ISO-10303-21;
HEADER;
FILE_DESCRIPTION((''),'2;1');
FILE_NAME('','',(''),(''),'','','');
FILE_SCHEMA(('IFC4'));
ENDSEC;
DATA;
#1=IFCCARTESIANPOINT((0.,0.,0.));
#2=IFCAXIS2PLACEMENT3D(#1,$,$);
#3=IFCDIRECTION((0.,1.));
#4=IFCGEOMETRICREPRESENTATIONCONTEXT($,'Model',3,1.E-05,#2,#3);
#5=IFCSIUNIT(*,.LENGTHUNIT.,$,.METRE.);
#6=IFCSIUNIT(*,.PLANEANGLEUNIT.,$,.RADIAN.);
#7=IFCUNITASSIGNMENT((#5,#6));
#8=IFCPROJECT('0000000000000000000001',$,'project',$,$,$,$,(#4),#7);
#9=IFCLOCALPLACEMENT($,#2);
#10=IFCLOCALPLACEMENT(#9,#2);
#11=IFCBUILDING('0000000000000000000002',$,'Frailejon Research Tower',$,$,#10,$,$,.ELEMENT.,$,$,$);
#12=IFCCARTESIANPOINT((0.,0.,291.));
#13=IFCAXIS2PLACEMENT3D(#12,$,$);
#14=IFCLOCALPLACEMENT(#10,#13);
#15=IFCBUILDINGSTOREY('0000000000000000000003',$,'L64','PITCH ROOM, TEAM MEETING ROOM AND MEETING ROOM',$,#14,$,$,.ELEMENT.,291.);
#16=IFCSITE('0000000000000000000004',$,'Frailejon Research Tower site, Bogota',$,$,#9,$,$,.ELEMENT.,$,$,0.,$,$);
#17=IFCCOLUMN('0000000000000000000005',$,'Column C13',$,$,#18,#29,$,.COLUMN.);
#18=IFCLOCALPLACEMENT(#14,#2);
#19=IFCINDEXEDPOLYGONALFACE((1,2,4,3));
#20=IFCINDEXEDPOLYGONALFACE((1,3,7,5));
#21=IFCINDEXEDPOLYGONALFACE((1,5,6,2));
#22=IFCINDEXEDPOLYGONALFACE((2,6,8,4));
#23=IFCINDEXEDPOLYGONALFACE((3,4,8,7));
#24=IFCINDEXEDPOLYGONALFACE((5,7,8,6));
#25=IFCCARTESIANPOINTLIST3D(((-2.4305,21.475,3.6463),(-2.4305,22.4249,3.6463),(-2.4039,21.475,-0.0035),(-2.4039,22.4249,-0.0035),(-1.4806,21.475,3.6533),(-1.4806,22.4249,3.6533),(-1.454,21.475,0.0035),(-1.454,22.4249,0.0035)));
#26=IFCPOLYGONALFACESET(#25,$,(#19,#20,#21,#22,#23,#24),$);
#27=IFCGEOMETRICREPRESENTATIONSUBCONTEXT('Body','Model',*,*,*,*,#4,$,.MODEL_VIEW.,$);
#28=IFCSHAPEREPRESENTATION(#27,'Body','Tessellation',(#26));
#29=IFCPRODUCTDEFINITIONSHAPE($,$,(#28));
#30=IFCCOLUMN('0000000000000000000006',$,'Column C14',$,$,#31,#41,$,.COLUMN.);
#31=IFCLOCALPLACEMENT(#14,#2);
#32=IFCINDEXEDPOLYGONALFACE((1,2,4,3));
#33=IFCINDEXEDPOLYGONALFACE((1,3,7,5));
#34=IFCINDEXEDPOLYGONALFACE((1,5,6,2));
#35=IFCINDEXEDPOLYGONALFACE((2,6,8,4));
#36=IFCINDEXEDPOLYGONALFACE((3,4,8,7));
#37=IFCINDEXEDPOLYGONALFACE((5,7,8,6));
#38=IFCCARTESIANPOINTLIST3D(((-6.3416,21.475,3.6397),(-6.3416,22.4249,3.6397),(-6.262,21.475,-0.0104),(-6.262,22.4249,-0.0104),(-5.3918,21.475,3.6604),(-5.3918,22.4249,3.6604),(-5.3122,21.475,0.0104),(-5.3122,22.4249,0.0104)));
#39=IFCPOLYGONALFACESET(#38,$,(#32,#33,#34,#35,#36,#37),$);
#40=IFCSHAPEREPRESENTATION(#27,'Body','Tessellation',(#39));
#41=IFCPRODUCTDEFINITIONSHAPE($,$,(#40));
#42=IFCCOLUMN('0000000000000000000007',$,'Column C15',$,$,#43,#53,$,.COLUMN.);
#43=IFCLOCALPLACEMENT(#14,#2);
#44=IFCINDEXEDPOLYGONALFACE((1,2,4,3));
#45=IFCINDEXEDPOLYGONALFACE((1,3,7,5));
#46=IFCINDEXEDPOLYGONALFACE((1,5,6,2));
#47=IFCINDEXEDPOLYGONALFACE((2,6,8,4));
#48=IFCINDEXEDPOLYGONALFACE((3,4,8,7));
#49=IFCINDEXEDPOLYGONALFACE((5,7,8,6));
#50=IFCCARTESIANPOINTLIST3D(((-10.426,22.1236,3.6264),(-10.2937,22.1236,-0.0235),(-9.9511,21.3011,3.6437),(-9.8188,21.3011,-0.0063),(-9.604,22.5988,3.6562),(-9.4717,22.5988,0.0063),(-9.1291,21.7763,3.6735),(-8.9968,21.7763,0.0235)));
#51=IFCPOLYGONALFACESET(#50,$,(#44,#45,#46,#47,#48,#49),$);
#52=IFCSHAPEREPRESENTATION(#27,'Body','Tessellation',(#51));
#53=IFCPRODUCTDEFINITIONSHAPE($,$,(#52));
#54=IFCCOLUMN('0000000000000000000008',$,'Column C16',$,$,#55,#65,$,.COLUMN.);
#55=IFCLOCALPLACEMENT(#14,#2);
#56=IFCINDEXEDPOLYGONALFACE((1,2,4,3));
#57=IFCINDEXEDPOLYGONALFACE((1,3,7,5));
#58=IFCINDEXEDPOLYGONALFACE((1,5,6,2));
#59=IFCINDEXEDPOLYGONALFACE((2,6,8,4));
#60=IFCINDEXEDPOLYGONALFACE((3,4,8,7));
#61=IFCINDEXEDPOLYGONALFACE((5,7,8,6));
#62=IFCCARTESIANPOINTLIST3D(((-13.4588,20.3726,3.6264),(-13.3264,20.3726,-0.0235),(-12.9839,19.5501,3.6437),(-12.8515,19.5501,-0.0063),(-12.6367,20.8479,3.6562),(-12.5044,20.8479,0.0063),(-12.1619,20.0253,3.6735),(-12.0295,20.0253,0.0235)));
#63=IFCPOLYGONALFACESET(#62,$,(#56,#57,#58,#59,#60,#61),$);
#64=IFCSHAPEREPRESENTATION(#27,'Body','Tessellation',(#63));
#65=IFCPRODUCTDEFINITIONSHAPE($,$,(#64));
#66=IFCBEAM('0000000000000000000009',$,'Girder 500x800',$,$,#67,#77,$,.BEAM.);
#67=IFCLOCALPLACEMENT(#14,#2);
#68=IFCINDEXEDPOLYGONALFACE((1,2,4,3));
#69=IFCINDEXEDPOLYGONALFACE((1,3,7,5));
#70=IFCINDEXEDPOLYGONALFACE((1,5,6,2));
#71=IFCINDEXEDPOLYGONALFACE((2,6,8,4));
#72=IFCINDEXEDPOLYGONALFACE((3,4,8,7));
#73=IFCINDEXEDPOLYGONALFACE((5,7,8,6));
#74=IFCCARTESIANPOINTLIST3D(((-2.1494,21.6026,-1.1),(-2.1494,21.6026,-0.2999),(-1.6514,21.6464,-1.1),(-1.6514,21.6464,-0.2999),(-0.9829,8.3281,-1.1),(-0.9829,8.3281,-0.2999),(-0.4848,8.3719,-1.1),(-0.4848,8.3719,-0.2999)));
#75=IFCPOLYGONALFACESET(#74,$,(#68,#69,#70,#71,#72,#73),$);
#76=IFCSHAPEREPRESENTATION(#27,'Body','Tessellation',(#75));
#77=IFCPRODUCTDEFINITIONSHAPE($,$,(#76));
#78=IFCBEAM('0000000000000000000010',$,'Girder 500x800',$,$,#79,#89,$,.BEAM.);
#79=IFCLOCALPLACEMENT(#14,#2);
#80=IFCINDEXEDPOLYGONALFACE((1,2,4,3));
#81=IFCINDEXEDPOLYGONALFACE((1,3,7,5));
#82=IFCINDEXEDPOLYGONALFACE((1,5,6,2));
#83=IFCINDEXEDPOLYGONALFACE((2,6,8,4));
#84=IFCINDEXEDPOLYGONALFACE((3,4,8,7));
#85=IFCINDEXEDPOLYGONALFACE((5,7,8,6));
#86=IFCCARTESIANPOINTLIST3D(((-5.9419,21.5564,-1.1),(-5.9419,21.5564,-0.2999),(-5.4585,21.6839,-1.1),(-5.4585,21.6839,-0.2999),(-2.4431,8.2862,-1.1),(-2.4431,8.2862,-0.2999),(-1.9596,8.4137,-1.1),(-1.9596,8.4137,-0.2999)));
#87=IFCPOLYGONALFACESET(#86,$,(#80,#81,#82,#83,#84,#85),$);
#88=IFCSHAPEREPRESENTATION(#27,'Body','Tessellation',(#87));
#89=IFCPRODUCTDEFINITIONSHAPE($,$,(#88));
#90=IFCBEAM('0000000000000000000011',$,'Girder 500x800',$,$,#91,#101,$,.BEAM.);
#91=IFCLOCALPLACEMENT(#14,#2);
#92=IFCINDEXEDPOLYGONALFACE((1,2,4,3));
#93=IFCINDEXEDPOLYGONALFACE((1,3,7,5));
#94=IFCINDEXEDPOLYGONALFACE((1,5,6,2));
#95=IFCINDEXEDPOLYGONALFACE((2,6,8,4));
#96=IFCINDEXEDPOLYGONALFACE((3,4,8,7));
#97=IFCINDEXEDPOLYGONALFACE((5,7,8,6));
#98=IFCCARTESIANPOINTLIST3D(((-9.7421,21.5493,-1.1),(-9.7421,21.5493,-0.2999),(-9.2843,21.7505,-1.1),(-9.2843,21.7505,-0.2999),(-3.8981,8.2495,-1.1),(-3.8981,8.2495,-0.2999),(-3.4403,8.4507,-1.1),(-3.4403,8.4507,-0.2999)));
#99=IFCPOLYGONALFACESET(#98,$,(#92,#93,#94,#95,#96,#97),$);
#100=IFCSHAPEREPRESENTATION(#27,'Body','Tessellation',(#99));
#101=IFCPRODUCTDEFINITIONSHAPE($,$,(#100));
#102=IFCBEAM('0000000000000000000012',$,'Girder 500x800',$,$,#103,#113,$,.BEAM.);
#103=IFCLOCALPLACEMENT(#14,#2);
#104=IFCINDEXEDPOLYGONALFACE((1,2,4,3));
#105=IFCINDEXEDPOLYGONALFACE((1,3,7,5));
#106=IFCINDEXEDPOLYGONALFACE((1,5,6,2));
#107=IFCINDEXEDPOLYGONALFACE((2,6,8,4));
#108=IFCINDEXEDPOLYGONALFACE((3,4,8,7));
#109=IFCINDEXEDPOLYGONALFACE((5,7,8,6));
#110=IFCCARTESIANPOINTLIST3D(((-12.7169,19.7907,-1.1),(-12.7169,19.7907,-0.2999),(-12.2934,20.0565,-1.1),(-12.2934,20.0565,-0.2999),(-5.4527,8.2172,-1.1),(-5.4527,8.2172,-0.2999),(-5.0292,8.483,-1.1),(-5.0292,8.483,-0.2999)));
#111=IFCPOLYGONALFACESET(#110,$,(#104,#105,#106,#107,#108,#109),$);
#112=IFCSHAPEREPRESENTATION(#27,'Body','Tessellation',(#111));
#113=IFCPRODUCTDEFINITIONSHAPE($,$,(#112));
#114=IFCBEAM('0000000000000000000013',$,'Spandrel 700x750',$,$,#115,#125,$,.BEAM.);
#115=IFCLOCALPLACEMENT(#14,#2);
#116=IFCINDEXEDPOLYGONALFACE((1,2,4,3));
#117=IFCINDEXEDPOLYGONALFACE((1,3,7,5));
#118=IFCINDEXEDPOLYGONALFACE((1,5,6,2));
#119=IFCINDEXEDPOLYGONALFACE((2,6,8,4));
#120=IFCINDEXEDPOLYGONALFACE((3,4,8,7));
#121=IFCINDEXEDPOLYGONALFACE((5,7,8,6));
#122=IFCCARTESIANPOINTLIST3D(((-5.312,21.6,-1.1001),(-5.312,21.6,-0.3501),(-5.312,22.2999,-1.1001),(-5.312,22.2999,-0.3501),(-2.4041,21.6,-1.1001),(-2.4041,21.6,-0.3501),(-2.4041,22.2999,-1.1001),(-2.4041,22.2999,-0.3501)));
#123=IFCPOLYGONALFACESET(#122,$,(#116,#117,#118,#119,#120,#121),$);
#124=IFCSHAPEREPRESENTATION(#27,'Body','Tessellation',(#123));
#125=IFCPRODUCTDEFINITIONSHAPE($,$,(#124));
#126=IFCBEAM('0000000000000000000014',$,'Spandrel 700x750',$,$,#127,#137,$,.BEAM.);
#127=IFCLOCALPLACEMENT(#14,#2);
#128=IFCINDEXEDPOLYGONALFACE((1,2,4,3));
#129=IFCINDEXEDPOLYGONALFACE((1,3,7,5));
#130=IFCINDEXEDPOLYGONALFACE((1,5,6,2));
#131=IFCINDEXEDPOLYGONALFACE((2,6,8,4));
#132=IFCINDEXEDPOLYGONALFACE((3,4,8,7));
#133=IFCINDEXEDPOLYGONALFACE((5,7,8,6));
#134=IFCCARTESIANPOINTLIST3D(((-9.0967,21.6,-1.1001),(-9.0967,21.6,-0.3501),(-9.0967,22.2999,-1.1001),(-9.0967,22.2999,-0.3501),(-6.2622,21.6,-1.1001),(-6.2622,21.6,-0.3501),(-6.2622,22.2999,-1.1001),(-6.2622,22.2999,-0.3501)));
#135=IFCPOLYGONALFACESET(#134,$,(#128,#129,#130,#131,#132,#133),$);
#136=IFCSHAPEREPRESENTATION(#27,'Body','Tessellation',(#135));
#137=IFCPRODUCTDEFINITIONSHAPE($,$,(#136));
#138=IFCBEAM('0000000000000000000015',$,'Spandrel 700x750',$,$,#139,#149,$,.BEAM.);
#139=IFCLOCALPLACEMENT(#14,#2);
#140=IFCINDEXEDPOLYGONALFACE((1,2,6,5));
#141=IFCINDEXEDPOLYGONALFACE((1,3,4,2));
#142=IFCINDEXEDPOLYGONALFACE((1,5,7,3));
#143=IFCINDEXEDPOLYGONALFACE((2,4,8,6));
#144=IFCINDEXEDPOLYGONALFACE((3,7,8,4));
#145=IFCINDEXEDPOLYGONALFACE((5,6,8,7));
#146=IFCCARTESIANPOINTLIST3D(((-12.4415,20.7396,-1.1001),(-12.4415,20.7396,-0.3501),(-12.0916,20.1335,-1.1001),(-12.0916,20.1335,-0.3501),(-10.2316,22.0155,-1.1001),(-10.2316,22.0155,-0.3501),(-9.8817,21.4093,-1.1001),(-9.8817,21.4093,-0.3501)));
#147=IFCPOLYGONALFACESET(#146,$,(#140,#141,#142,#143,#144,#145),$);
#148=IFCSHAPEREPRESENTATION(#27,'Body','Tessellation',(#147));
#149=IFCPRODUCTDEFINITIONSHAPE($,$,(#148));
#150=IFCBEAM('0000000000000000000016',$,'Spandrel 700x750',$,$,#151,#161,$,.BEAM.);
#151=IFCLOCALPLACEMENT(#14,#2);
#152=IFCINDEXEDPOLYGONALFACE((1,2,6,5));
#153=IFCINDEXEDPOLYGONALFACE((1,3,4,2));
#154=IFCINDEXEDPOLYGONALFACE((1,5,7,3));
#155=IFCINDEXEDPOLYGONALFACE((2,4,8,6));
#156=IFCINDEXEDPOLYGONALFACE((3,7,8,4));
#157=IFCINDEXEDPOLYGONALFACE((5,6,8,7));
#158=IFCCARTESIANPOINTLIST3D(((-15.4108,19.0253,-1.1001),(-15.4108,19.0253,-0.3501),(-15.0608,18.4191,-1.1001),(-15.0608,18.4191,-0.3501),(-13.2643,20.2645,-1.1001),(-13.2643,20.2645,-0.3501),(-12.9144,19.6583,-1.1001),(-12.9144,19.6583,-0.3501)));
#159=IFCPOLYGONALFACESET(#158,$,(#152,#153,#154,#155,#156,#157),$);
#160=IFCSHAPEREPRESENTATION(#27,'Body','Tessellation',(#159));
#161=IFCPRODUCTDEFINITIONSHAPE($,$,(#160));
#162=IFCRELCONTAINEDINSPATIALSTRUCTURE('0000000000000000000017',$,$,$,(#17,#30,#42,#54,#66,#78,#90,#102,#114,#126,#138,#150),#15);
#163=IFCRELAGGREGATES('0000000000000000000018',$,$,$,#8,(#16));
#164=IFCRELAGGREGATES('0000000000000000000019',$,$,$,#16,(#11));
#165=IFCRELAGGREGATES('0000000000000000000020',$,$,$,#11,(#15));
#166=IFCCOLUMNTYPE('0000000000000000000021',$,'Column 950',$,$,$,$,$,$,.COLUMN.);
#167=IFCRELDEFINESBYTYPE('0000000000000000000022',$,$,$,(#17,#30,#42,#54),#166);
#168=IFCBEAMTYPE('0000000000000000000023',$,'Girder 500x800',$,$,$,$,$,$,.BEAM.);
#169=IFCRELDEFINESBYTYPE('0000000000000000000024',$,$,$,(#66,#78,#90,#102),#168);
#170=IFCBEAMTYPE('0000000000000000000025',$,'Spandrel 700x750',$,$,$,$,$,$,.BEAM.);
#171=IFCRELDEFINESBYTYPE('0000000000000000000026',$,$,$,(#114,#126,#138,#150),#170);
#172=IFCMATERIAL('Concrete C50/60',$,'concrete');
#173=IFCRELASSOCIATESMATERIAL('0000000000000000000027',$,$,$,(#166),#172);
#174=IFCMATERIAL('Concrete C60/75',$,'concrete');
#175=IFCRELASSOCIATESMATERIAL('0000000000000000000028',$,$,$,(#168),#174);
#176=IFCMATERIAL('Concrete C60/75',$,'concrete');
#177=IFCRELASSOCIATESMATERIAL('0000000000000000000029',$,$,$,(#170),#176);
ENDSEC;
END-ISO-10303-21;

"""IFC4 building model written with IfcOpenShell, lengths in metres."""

from ifc_helpers import new_model, si_unit, direction, frame, origin, origin_2d, place, context, subcontext, project, spatial, rectangle, extrude, material, material_profile, profile_set, type_object, element, save


model = new_model("IFC4")

# Units and contexts
model_context = context("Model", 3, precision=1e-05, world=origin(), true_north=direction((0.0, 1.0)))
body_context = subcontext(model_context, "Body", "Model", "MODEL_VIEW")
ifc_project = project(units=[si_unit("LENGTHUNIT", "METRE"), si_unit("PLANEANGLEUNIT", "RADIAN")], contexts=[model_context])

# Site, building, storey
site_placement = place(None, origin())
site = spatial("IfcSite", under=ifc_project, at=site_placement, Name="Frailejon Research Tower site, Bogota", CompositionType="ELEMENT", RefElevation=0.0)
building_placement = place(site_placement, origin())
building = spatial("IfcBuilding", under=site, at=building_placement, Name="Frailejon Research Tower", CompositionType="ELEMENT")
storey_placement = place(building_placement, frame((0.0, 0.0, 291.0)))
storey = spatial("IfcBuildingStorey", under=building, at=storey_placement, Name="L64", Description="PITCH ROOM, TEAM MEETING ROOM AND MEETING ROOM", CompositionType="ELEMENT", Elevation=291.0)

# Columns
ifc_material_1 = material(Name="Concrete C50/60", Category="concrete")
ifc_material_profile_1 = material_profile(ifc_material_1, rectangle(XDim=0.95, YDim=0.95, at=origin_2d()), Name="Column 950")
ifc_profile_set_1 = profile_set([ifc_material_profile_1], Name="Concrete C50/60")
column_type = type_object("IfcColumnType", Name="Column 950", PredefinedType="COLUMN", material=ifc_profile_set_1)
column_1_placement = place(storey_placement, frame((-1.929, 21.95, 0.0), z_axis=(-0.007291, 0.0, 0.999973), x_axis=(-0.999973, 0.0, -0.007291)))
element("IfcColumn", 1, at=column_1_placement, inside=storey, type_object=column_type, Name="Column C13", PredefinedType="COLUMN", context=body_context, shape_type="SweptSolid", body=[
    extrude(rectangle(XDim=0.95, YDim=0.95, at=origin_2d()), origin(), (0.0, 0.0, 1.0), 3.6499),
])
column_2_placement = place(storey_placement, frame((-5.7871, 21.95, 0.0), z_axis=(-0.021801, 0.0, 0.999762), x_axis=(-0.999762, 0.0, -0.021801)))
element("IfcColumn", 2, at=column_2_placement, inside=storey, type_object=column_type, Name="Column C14", PredefinedType="COLUMN", context=body_context, shape_type="SweptSolid", body=[
    extrude(rectangle(XDim=0.95, YDim=0.95, at=origin_2d()), origin(), (0.0, 0.0, 1.0), 3.6509),
])
for number, where, z_axis, x_axis, name in (
    (3, (-9.6453, 21.95, 0.0), (-0.03623, 0.0, 0.999343), (-0.865315, -0.500246, -0.031371), "Column C15"),
    (4, (-12.678, 20.199, 0.0), (-0.03623, 0.0, 0.999343), (-0.865315, -0.500246, -0.031371), "Column C16"),
):
    element("IfcColumn", number, at=place(storey_placement, frame(where, z_axis=z_axis, x_axis=x_axis)), inside=storey, type_object=column_type, Name=name, PredefinedType="COLUMN", context=body_context, shape_type="SweptSolid", body=[
        extrude(rectangle(XDim=0.95, YDim=0.95, at=origin_2d()), origin(), (0.0, 0.0, 1.0), 3.6523),
    ])

# Beams
ifc_material_2 = material(Name="Concrete C60/75", Category="concrete")
ifc_material_profile_2 = material_profile(ifc_material_2, rectangle(XDim=0.5, YDim=0.8, at=origin_2d()), Name="Girder 500x800")
ifc_profile_set_2 = profile_set([ifc_material_profile_2], Name="Concrete C60/75")
beam_type_1 = type_object("IfcBeamType", Name="Girder 500x800", PredefinedType="BEAM", material=ifc_profile_set_2)
beam_1_placement = place(storey_placement, frame((-1.9004, 21.6245, -0.7), z_axis=(0.087539, -0.996161, 0.0), x_axis=(0.996161, 0.087539, 0.0)))
element("IfcBeam", 5, at=beam_1_placement, inside=storey, type_object=beam_type_1, Name="Girder 500x800", PredefinedType="BEAM", context=body_context, shape_type="SweptSolid", body=[
    extrude(rectangle(XDim=0.5, YDim=0.8, at=origin_2d()), origin(), (0.0, 0.0, 1.0), 13.3257),
])
beam_2_placement = place(storey_placement, frame((-5.7002, 21.6201, -0.7), z_axis=(0.254948, -0.966955, 0.0), x_axis=(0.966955, 0.254948, 0.0)))
element("IfcBeam", 6, at=beam_2_placement, inside=storey, type_object=beam_type_1, Name="Girder 500x800", PredefinedType="BEAM", context=body_context, shape_type="SweptSolid", body=[
    extrude(rectangle(XDim=0.5, YDim=0.8, at=origin_2d()), origin(), (0.0, 0.0, 1.0), 13.7236),
])
beam_3_placement = place(storey_placement, frame((-9.5132, 21.6499, -0.7), z_axis=(0.402282, -0.915516, 0.0), x_axis=(0.915516, 0.402282, 0.0)))
element("IfcBeam", 7, at=beam_3_placement, inside=storey, type_object=beam_type_1, Name="Girder 500x800", PredefinedType="BEAM", context=body_context, shape_type="SweptSolid", body=[
    extrude(rectangle(XDim=0.5, YDim=0.8, at=origin_2d()), origin(), (0.0, 0.0, 1.0), 14.5271),
])
beam_4_placement = place(storey_placement, frame((-12.5051, 19.9236, -0.7), z_axis=(0.531615, -0.846986, 0.0), x_axis=(0.846986, 0.531615, 0.0)))
element("IfcBeam", 8, at=beam_4_placement, inside=storey, type_object=beam_type_1, Name="Girder 500x800", PredefinedType="BEAM", context=body_context, shape_type="SweptSolid", body=[
    extrude(rectangle(XDim=0.5, YDim=0.8, at=origin_2d()), origin(), (0.0, 0.0, 1.0), 13.6643),
])
ifc_material_3 = material(Name="Concrete C60/75", Category="concrete")
ifc_material_profile_3 = material_profile(ifc_material_3, rectangle(XDim=0.7, YDim=0.75, at=origin_2d()), Name="Spandrel 700x750")
ifc_profile_set_3 = profile_set([ifc_material_profile_3], Name="Concrete C60/75")
beam_type_2 = type_object("IfcBeamType", Name="Spandrel 700x750", PredefinedType="BEAM", material=ifc_profile_set_3)
beam_5_placement = place(storey_placement, frame((-2.4041, 21.95, -0.7251), z_axis=(-1.0, 0.0, 0.0), x_axis=(0.0, -1.0, 0.0)))
element("IfcBeam", 9, at=beam_5_placement, inside=storey, type_object=beam_type_2, Name="Spandrel 700x750", PredefinedType="BEAM", context=body_context, shape_type="SweptSolid", body=[
    extrude(rectangle(XDim=0.7, YDim=0.75, at=origin_2d()), origin(), (0.0, 0.0, 1.0), 2.908),
])
beam_6_placement = place(storey_placement, frame((-6.2622, 21.95, -0.7251), z_axis=(-1.0, 0.0, 0.0), x_axis=(0.0, -1.0, 0.0)))
element("IfcBeam", 10, at=beam_6_placement, inside=storey, type_object=beam_type_2, Name="Spandrel 700x750", PredefinedType="BEAM", context=body_context, shape_type="SweptSolid", body=[
    extrude(rectangle(XDim=0.7, YDim=0.75, at=origin_2d()), origin(), (0.0, 0.0, 1.0), 2.8345),
])
beam_7_placement = place(storey_placement, frame((-10.0566, 21.7124, -0.7251), z_axis=(-0.866033, -0.499987, 0.0), x_axis=(0.499987, -0.866033, 0.0)))
element("IfcBeam", 11, at=beam_7_placement, inside=storey, type_object=beam_type_2, Name="Spandrel 700x750", PredefinedType="BEAM", context=body_context, shape_type="SweptSolid", body=[
    extrude(rectangle(XDim=0.7, YDim=0.75, at=origin_2d()), origin(), (0.0, 0.0, 1.0), 2.5518),
])
beam_8_placement = place(storey_placement, frame((-13.0894, 19.9614, -0.7251), z_axis=(-0.866028, -0.499995, 0.0), x_axis=(0.499995, -0.866028, 0.0)))
element("IfcBeam", 12, at=beam_8_placement, inside=storey, type_object=beam_type_2, Name="Spandrel 700x750", PredefinedType="BEAM", context=body_context, shape_type="SweptSolid", body=[
    extrude(rectangle(XDim=0.7, YDim=0.75, at=origin_2d()), origin(), (0.0, 0.0, 1.0), 2.4785),
])

save(model, "model.ifc")
